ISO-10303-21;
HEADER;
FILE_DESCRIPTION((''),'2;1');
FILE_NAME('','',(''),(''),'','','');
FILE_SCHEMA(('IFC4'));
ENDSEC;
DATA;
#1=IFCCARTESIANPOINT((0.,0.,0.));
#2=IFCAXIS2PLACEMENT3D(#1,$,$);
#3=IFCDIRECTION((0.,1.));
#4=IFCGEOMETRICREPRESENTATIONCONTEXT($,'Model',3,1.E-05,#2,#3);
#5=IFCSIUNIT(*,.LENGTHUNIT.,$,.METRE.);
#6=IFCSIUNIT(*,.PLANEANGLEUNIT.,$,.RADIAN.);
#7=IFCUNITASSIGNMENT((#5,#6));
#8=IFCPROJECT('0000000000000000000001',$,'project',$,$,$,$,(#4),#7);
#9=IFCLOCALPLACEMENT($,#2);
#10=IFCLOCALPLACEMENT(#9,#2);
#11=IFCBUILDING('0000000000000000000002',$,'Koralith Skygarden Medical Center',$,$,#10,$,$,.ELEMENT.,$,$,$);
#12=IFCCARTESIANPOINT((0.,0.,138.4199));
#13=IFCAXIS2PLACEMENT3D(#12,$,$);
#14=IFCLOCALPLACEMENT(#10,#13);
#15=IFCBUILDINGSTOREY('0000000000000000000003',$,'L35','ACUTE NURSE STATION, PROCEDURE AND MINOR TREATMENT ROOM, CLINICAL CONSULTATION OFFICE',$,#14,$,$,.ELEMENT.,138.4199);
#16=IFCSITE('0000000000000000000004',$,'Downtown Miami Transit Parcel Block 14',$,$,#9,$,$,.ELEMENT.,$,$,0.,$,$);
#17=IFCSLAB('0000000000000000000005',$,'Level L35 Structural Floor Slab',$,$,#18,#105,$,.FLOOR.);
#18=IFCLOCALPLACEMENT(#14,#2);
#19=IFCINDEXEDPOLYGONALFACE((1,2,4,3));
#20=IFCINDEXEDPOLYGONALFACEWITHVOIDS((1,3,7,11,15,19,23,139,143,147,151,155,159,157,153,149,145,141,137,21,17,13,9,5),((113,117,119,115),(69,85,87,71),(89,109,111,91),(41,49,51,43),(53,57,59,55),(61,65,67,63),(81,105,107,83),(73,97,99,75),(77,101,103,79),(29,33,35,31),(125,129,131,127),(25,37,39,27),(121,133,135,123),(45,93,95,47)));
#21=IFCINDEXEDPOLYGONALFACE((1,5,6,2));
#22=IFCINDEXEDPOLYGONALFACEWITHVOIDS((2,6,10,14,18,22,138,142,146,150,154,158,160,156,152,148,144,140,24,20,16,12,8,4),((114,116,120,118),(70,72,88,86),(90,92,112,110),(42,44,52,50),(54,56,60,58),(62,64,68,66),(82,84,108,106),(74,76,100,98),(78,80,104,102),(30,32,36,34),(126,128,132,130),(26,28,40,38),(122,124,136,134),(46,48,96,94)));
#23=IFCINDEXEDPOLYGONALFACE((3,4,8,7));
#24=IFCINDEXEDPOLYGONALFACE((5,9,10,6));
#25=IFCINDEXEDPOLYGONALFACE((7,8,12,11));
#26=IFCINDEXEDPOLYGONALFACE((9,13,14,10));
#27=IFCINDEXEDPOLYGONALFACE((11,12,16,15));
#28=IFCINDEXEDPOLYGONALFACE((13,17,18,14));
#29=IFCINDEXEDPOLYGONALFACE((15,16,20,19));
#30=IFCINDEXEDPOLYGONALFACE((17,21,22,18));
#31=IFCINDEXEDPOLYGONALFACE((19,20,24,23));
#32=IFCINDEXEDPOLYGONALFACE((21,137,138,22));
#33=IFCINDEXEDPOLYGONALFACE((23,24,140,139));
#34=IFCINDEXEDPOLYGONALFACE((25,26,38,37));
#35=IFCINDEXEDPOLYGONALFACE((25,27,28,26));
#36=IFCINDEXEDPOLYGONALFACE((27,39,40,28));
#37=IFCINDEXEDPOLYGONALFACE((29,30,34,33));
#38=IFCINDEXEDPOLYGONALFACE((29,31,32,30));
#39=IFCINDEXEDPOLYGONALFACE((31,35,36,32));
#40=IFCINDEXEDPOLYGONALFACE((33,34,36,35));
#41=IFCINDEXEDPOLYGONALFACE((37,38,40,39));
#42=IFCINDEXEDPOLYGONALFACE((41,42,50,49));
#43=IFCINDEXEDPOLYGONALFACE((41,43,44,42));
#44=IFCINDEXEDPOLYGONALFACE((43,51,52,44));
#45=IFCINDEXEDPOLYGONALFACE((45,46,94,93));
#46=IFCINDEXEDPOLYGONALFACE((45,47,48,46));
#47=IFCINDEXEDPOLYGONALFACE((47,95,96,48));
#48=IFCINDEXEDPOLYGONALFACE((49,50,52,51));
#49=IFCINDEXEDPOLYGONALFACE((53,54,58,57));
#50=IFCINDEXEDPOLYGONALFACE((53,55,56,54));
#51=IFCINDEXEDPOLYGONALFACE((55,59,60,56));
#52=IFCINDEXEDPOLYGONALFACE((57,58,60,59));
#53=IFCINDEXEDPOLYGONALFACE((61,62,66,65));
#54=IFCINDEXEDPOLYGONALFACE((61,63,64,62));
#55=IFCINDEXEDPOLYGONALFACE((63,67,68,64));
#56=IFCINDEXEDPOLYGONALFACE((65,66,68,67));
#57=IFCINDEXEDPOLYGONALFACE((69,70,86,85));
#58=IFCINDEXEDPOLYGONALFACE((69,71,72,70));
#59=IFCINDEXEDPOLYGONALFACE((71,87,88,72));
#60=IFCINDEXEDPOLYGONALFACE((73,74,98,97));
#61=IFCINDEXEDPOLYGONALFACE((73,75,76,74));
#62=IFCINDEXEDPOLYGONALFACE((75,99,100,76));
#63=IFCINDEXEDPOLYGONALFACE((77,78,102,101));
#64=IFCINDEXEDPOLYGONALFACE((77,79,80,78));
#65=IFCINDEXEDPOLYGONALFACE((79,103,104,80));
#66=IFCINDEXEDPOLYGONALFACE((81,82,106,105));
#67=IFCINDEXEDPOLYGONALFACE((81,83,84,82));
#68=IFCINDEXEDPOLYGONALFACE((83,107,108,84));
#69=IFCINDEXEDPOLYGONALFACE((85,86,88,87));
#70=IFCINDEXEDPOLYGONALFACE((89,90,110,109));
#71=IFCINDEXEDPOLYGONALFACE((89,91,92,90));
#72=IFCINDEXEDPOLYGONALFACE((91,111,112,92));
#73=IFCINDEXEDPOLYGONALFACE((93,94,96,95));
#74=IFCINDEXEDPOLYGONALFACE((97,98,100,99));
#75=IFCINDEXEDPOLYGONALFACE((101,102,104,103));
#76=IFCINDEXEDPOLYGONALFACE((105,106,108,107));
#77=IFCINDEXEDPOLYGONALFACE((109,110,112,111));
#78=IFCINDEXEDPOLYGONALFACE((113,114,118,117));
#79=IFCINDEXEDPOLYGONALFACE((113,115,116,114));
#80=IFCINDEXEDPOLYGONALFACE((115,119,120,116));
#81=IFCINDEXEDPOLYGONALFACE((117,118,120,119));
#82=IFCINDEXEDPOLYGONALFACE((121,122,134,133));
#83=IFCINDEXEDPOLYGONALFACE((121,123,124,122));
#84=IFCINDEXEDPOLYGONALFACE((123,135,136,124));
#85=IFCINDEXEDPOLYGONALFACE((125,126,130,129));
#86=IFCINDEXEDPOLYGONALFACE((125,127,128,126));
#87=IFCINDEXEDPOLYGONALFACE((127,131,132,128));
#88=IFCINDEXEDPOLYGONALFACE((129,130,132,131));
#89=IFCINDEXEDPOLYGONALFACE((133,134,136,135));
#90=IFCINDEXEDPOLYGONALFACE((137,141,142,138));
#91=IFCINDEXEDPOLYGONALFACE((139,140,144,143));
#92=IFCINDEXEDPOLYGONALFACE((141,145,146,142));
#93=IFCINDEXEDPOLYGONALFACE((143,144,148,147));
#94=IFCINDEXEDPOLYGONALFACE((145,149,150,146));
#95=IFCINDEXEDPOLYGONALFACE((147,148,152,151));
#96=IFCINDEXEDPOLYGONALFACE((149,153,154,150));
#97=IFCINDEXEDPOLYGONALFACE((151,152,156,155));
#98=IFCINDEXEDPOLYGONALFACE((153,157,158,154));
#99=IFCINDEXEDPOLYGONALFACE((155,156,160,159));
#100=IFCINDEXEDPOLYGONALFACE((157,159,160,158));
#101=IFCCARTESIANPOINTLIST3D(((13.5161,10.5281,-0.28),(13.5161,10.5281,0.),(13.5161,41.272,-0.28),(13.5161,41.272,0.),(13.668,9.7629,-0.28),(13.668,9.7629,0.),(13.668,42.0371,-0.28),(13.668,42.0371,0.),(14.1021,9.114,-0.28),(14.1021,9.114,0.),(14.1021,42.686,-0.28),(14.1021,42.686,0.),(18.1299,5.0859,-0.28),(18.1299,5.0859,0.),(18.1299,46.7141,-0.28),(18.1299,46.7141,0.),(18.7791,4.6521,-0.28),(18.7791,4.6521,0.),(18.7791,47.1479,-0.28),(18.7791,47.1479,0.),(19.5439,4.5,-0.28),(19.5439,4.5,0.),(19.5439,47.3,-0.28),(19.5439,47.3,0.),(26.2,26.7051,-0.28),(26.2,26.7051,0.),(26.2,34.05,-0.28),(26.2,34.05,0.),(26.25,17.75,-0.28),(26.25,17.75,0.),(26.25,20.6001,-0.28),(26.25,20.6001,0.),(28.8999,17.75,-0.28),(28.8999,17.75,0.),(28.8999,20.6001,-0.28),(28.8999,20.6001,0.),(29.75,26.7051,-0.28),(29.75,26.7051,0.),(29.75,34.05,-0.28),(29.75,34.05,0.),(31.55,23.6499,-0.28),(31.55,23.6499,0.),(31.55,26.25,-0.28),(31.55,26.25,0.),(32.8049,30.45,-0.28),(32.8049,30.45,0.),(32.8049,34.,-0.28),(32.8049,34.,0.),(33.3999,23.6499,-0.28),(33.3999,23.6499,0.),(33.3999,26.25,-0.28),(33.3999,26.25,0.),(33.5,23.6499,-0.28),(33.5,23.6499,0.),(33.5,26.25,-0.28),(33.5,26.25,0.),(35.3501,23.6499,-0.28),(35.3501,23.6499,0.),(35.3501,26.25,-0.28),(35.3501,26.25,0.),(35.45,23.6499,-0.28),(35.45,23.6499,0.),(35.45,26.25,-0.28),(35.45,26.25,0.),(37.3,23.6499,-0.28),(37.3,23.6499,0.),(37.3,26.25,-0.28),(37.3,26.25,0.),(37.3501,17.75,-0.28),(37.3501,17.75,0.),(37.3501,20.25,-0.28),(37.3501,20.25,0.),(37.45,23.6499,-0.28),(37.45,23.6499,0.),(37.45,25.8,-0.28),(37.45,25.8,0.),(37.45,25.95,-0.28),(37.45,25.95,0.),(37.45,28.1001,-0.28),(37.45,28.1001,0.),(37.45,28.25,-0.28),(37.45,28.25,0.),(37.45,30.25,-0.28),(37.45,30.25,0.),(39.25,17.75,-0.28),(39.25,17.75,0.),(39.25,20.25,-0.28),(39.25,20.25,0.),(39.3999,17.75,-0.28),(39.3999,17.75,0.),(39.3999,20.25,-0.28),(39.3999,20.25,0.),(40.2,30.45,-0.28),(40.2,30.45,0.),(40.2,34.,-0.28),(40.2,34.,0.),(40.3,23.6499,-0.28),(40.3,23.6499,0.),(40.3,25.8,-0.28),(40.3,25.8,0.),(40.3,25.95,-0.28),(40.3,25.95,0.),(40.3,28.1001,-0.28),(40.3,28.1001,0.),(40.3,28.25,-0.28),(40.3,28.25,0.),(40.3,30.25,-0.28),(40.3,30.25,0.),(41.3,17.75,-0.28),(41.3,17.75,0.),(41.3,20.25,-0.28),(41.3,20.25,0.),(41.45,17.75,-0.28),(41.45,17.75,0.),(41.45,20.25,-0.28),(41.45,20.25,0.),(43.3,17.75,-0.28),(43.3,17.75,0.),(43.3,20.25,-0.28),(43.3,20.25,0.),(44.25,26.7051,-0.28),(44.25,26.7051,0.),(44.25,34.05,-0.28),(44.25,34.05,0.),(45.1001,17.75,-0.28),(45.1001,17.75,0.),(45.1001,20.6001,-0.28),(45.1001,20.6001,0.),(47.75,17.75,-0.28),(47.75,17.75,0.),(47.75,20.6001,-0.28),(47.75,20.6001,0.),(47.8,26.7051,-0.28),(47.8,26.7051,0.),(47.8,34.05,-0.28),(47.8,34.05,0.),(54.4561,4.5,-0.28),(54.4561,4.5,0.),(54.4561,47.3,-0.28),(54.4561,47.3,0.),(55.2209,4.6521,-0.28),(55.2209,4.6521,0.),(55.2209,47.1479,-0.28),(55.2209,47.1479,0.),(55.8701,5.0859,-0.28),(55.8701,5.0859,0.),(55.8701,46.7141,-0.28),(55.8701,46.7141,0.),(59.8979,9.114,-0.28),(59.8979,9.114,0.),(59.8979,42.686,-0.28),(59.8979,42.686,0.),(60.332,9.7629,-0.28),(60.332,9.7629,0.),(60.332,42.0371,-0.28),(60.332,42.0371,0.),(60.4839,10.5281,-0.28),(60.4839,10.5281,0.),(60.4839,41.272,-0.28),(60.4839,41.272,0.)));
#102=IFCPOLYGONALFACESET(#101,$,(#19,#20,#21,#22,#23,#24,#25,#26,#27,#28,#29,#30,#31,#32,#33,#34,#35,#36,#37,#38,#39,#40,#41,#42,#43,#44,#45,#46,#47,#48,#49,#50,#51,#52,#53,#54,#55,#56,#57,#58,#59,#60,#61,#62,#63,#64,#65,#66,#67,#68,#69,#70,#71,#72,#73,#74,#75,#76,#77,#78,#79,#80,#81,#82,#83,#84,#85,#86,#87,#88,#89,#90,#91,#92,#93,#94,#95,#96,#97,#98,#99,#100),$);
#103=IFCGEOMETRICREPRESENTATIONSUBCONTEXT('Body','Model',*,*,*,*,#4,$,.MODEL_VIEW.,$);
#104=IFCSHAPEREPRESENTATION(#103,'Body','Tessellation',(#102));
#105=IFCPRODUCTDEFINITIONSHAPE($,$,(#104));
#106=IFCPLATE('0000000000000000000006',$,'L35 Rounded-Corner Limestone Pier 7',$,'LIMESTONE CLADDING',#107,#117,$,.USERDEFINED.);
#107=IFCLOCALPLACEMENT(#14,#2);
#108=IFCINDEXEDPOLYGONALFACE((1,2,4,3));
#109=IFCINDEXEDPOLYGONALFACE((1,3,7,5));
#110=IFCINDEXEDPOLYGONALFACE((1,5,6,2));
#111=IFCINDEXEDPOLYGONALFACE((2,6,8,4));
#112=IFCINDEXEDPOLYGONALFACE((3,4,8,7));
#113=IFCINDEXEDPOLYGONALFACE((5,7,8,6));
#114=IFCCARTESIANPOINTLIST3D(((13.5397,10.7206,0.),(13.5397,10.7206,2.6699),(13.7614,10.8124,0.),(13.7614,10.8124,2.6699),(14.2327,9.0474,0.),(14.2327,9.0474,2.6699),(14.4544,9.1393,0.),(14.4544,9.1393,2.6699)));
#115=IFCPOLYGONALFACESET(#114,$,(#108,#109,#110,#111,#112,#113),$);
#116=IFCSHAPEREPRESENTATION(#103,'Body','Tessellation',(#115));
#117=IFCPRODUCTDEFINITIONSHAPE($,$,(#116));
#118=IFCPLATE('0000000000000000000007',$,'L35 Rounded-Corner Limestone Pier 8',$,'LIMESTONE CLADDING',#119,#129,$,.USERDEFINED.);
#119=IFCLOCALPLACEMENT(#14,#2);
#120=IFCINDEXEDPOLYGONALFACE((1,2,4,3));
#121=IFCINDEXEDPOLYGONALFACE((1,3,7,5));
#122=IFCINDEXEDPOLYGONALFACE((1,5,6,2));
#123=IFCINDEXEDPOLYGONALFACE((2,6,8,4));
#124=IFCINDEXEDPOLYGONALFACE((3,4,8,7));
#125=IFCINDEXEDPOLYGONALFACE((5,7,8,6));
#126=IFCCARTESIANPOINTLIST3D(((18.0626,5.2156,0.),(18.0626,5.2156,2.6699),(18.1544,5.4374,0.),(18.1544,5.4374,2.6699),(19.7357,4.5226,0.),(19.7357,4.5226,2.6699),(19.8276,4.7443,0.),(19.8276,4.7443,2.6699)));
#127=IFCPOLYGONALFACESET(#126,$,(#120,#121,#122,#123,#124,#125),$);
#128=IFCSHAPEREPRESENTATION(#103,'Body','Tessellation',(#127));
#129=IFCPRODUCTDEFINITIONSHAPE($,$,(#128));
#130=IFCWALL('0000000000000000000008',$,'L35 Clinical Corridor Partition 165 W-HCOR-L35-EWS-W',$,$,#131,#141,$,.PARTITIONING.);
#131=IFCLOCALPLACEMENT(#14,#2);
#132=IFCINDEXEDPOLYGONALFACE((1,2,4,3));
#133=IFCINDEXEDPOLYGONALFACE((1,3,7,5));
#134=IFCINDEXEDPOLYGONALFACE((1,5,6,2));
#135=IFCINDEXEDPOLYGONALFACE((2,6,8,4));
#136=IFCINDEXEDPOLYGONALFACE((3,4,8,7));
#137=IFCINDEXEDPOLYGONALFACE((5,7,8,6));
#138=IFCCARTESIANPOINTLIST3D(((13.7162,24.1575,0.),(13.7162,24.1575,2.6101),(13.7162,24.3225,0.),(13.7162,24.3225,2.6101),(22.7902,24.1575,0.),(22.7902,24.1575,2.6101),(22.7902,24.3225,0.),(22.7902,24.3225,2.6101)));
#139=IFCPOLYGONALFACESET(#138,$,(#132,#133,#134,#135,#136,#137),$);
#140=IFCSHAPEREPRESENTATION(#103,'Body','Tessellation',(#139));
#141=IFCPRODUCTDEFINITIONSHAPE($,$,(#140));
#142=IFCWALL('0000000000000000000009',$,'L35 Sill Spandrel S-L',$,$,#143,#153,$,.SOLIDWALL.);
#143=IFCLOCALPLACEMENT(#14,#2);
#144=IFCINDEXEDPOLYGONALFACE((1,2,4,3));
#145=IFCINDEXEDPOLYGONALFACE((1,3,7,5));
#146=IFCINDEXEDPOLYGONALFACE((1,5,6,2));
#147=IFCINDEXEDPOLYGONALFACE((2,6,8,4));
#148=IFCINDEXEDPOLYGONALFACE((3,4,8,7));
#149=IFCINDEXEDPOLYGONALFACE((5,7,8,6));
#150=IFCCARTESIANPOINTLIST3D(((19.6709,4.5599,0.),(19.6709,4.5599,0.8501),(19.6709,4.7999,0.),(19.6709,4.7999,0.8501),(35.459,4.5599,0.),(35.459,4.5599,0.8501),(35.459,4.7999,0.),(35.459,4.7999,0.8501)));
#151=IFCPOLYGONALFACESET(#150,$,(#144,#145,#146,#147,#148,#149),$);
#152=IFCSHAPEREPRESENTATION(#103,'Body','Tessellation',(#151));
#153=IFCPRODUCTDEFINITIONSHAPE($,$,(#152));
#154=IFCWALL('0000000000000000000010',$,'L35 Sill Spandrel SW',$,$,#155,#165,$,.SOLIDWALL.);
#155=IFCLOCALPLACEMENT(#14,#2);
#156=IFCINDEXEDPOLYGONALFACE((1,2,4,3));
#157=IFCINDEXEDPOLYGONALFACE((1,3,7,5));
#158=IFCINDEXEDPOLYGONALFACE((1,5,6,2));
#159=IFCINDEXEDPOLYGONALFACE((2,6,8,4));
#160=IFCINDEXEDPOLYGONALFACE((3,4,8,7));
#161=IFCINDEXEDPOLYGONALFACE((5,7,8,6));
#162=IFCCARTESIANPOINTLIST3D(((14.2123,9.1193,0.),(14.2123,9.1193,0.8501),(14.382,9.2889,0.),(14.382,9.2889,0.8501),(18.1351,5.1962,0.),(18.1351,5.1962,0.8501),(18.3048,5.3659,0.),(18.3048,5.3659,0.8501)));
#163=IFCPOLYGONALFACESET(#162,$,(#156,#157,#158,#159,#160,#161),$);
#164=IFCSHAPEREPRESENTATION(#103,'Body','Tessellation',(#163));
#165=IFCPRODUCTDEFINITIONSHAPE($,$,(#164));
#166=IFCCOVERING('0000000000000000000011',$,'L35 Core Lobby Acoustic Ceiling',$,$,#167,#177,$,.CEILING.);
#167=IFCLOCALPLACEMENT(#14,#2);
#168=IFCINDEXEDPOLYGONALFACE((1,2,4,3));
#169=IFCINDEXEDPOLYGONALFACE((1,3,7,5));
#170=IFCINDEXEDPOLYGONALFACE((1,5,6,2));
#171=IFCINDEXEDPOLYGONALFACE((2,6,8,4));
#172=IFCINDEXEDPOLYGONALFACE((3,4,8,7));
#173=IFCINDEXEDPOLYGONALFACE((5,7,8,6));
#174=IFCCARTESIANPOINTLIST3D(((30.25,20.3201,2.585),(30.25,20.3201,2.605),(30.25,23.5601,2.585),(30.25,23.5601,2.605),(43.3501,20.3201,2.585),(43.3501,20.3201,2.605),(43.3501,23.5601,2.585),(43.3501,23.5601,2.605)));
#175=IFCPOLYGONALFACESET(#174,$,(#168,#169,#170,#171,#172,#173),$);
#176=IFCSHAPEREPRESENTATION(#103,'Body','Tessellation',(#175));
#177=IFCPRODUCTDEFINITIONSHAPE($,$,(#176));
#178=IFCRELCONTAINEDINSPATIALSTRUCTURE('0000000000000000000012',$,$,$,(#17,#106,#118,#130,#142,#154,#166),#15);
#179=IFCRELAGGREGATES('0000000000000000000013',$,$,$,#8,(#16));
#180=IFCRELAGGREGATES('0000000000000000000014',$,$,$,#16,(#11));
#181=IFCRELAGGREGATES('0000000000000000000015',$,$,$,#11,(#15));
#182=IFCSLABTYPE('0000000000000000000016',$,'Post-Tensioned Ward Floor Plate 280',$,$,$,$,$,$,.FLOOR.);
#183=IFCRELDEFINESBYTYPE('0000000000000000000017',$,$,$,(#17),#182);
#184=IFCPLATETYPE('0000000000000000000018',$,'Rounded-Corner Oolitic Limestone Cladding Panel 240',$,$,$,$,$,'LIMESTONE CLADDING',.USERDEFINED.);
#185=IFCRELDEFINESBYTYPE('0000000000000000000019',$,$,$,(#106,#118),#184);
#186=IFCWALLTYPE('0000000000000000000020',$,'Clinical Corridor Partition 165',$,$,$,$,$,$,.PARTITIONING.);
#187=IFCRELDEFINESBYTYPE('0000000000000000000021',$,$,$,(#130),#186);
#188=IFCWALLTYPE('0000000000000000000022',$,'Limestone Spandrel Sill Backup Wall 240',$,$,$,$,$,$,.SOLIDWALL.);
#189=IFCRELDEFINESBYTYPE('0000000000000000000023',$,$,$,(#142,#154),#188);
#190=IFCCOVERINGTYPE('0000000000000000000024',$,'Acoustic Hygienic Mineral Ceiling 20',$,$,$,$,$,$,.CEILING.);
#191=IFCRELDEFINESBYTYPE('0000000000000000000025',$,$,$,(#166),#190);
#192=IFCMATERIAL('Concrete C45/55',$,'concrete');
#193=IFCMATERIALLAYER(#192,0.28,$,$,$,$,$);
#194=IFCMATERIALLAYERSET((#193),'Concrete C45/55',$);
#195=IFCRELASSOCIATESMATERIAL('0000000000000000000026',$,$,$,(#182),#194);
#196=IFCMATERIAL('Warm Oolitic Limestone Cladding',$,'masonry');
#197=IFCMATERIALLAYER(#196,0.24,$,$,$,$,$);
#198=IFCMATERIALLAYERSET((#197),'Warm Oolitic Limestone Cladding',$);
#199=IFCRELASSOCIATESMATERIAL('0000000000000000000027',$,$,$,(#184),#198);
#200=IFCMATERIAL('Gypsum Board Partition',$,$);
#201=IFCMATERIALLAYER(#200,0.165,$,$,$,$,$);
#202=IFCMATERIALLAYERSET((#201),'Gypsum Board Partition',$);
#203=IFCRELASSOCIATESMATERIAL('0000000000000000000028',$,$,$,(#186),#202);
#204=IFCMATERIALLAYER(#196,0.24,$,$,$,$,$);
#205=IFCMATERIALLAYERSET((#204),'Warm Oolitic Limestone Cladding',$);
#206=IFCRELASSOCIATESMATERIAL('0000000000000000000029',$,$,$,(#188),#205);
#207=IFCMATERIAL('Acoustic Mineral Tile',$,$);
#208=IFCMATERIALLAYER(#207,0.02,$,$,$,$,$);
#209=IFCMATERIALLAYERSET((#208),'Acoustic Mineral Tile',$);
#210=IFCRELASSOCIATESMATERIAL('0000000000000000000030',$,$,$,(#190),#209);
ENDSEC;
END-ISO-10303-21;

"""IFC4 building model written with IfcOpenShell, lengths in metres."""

from ifc_helpers import new_model, si_unit, direction, frame, frame_2d, origin, origin_2d, place, context, subcontext, project, spatial, polyline, rectangle, outline, extrude, material, layer, layer_set, type_object, element, save


model = new_model("IFC4")

# Units and contexts
model_context = context("Model", 3, precision=1e-05, world=origin(), true_north=direction((0.0, 1.0)))
body_context = subcontext(model_context, "Body", "Model", "MODEL_VIEW")
ifc_project = project(units=[si_unit("LENGTHUNIT", "METRE"), si_unit("PLANEANGLEUNIT", "RADIAN")], contexts=[model_context])

# Site, building, storey
site_placement = place(None, origin())
site = spatial("IfcSite", under=ifc_project, at=site_placement, Name="Downtown Miami Transit Parcel Block 14", CompositionType="ELEMENT", RefElevation=0.0)
building_placement = place(site_placement, origin())
building = spatial("IfcBuilding", under=site, at=building_placement, Name="Koralith Skygarden Medical Center", CompositionType="ELEMENT")
storey_placement = place(building_placement, frame((0.0, 0.0, 138.4199)))
storey = spatial("IfcBuildingStorey", under=building, at=storey_placement, Name="L35", Description="ACUTE NURSE STATION, PROCEDURE AND MINOR TREATMENT ROOM, CLINICAL CONSULTATION OFFICE", CompositionType="ELEMENT", Elevation=138.4199)

# Shared definitions
ifc_material_1 = material(Name="Concrete C45/55", Category="concrete")

# Slab
ifc_layer_1 = layer(ifc_material_1, 0.28)
ifc_layer_set_1 = layer_set([ifc_layer_1], Name="Concrete C45/55")
slab_type_1 = type_object("IfcSlabType", Name="Post-Tensioned Ward Floor Plate 280", PredefinedType="FLOOR", material=ifc_layer_set_1)
slab_1_placement = place(storey_placement, frame((0.0, 0.0, -0.28)))
element("IfcSlab", 1, at=slab_1_placement, inside=storey, type_object=slab_type_1, Name="Level L35 Structural Floor Slab", PredefinedType="FLOOR", context=body_context, shape_type="SweptSolid", body=[
    extrude(outline(polyline([(18.1299, 5.0859), (18.7791, 4.6521), (19.5439, 4.5), (54.4561, 4.5), (55.2209, 4.6521), (55.8701, 5.0859), (59.8979, 9.114), (60.332, 9.7629), (60.4839, 10.5281), (60.4839, 41.272), (60.332, 42.0371), (59.8979, 42.686), (55.8701, 46.7141), (55.2209, 47.1479), (54.4561, 47.3), (19.5439, 47.3), (18.7791, 47.1479), (18.1299, 46.7141), (14.1021, 42.686), (13.668, 42.0371), (13.5161, 41.272), (13.5161, 10.5281), (13.668, 9.7629), (14.1021, 9.114), (18.1299, 5.0859)]), holes=[polyline([(26.2, 26.7051), (29.75, 26.7051), (29.75, 34.05), (26.2, 34.05), (26.2, 26.7051)]), polyline([(44.25, 26.7051), (47.8, 26.7051), (47.8, 34.05), (44.25, 34.05), (44.25, 26.7051)]), polyline([(32.8049, 30.45), (40.2, 30.45), (40.2, 34.0), (32.8049, 34.0), (32.8049, 30.45)]), polyline([(26.25, 17.75), (28.8999, 17.75), (28.8999, 20.6001), (26.25, 20.6001), (26.25, 17.75)]), polyline([(45.1001, 17.75), (47.75, 17.75), (47.75, 20.6001), (45.1001, 20.6001), (45.1001, 17.75)]), polyline([(37.3501, 17.75), (39.25, 17.75), (39.25, 20.25), (37.3501, 20.25), (37.3501, 17.75)]), polyline([(39.3999, 17.75), (41.3, 17.75), (41.3, 20.25), (39.3999, 20.25), (39.3999, 17.75)]), polyline([(41.45, 17.75), (43.3, 17.75), (43.3, 20.25), (41.45, 20.25), (41.45, 17.75)]), polyline([(31.55, 23.6499), (33.3999, 23.6499), (33.3999, 26.25), (31.55, 26.25), (31.55, 23.6499)]), polyline([(33.5, 23.6499), (35.3501, 23.6499), (35.3501, 26.25), (33.5, 26.25), (33.5, 23.6499)]), polyline([(35.45, 23.6499), (37.3, 23.6499), (37.3, 26.25), (35.45, 26.25), (35.45, 23.6499)]), polyline([(37.45, 23.6499), (40.3, 23.6499), (40.3, 25.8), (37.45, 25.8), (37.45, 23.6499)]), polyline([(37.45, 25.95), (40.3, 25.95), (40.3, 28.1001), (37.45, 28.1001), (37.45, 25.95)]), polyline([(37.45, 28.25), (40.3, 28.25), (40.3, 30.25), (37.45, 30.25), (37.45, 28.25)])]), origin(), (0.0, 0.0, 1.0), 0.28),
])

# Plates
ifc_material_2 = material(Name="Warm Oolitic Limestone Cladding", Category="masonry")
ifc_layer_2 = layer(ifc_material_2, 0.24)
ifc_layer_set_2 = layer_set([ifc_layer_2], Name="Warm Oolitic Limestone Cladding")
plate_type_1 = type_object("IfcPlateType", Name="Rounded-Corner Oolitic Limestone Cladding Panel 240", ElementType="LIMESTONE CLADDING", PredefinedType="USERDEFINED", material=ifc_layer_set_2)
for number, where, z_axis, x_axis, name in (
    (2, (13.9971, 9.9299, 0.0), (0.0, 0.0, 1.0), (0.382671, -0.923885, 0.0), "L35 Rounded-Corner Limestone Pier 7"),
    (3, (18.9451, 4.98, 0.0), (0.0, 0.0, 1.0), (0.923885, -0.382671, 0.0), "L35 Rounded-Corner Limestone Pier 8"),
):
    element("IfcPlate", number, at=place(storey_placement, frame(where, z_axis=z_axis, x_axis=x_axis)), inside=storey, type_object=plate_type_1, Name=name, ObjectType="LIMESTONE CLADDING", PredefinedType="USERDEFINED", context=body_context, shape_type="SweptSolid", body=[
        extrude(rectangle(XDim=1.811, YDim=0.24, at=origin_2d()), origin(), (0.0, 0.0, 1.0), 2.6699),
    ])

# Walls
ifc_material_3 = material(Name="Gypsum Board Partition")
ifc_layer_3 = layer(ifc_material_3, 0.165)
ifc_layer_set_3 = layer_set([ifc_layer_3], Name="Gypsum Board Partition")
wall_type_1 = type_object("IfcWallType", Name="Clinical Corridor Partition 165", PredefinedType="PARTITIONING", material=ifc_layer_set_3)
wall_1_placement = place(storey_placement, frame((13.7161, 24.24, 0.0), z_axis=(0.0, 0.0, 1.0), x_axis=(1.0, 0.0, 0.0)))
element("IfcWall", 4, at=wall_1_placement, inside=storey, type_object=wall_type_1, Name="L35 Clinical Corridor Partition 165 W-HCOR-L35-EWS-W", PredefinedType="PARTITIONING", context=body_context, shape_type="SweptSolid", body=[
    extrude(rectangle(XDim=9.074, YDim=0.165, at=frame_2d((4.5371, 0.0))), origin(), (0.0, 0.0, 1.0), 2.6101),
])
ifc_layer_4 = layer(ifc_material_2, 0.24)
ifc_layer_set_4 = layer_set([ifc_layer_4], Name="Warm Oolitic Limestone Cladding")
wall_type_2 = type_object("IfcWallType", Name="Limestone Spandrel Sill Backup Wall 240", PredefinedType="SOLIDWALL", material=ifc_layer_set_4)
wall_2_placement = place(storey_placement, frame((19.6709, 4.6799, 0.0), z_axis=(0.0, 0.0, 1.0), x_axis=(1.0, 0.0, 0.0)))
element("IfcWall", 5, at=wall_2_placement, inside=storey, type_object=wall_type_2, Name="L35 Sill Spandrel S-L", PredefinedType="SOLIDWALL", context=body_context, shape_type="SweptSolid", body=[
    extrude(rectangle(XDim=15.7881, YDim=0.24, at=frame_2d((7.894, 0.0))), origin(), (0.0, 0.0, 1.0), 0.8501),
])
wall_3_placement = place(storey_placement, frame((14.2971, 9.2041, 0.0), z_axis=(0.0, 0.0, 1.0), x_axis=(0.707085, -0.707129, 0.0)))
element("IfcWall", 6, at=wall_3_placement, inside=storey, type_object=wall_type_2, Name="L35 Sill Spandrel SW", PredefinedType="SOLIDWALL", context=body_context, shape_type="SweptSolid", body=[
    extrude(rectangle(XDim=5.5479, YDim=0.24, at=frame_2d((2.7739, 0.0))), origin(), (0.0, 0.0, 1.0), 0.8501),
])

# Covering
ifc_material_4 = material(Name="Acoustic Mineral Tile")
ifc_layer_5 = layer(ifc_material_4, 0.02)
ifc_layer_set_5 = layer_set([ifc_layer_5], Name="Acoustic Mineral Tile")
covering_type_1 = type_object("IfcCoveringType", Name="Acoustic Hygienic Mineral Ceiling 20", PredefinedType="CEILING", material=ifc_layer_set_5)
covering_1_placement = place(storey_placement, frame((0.0, 0.0, 2.585)))
element("IfcCovering", 7, at=covering_1_placement, inside=storey, type_object=covering_type_1, Name="L35 Core Lobby Acoustic Ceiling", PredefinedType="CEILING", context=body_context, shape_type="SweptSolid", body=[
    extrude(outline(polyline([(30.25, 20.3201), (43.3501, 20.3201), (43.3501, 23.5601), (30.25, 23.5601), (30.25, 20.3201)])), origin(), (0.0, 0.0, 1.0), 0.02),
])

save(model, "model.ifc")
